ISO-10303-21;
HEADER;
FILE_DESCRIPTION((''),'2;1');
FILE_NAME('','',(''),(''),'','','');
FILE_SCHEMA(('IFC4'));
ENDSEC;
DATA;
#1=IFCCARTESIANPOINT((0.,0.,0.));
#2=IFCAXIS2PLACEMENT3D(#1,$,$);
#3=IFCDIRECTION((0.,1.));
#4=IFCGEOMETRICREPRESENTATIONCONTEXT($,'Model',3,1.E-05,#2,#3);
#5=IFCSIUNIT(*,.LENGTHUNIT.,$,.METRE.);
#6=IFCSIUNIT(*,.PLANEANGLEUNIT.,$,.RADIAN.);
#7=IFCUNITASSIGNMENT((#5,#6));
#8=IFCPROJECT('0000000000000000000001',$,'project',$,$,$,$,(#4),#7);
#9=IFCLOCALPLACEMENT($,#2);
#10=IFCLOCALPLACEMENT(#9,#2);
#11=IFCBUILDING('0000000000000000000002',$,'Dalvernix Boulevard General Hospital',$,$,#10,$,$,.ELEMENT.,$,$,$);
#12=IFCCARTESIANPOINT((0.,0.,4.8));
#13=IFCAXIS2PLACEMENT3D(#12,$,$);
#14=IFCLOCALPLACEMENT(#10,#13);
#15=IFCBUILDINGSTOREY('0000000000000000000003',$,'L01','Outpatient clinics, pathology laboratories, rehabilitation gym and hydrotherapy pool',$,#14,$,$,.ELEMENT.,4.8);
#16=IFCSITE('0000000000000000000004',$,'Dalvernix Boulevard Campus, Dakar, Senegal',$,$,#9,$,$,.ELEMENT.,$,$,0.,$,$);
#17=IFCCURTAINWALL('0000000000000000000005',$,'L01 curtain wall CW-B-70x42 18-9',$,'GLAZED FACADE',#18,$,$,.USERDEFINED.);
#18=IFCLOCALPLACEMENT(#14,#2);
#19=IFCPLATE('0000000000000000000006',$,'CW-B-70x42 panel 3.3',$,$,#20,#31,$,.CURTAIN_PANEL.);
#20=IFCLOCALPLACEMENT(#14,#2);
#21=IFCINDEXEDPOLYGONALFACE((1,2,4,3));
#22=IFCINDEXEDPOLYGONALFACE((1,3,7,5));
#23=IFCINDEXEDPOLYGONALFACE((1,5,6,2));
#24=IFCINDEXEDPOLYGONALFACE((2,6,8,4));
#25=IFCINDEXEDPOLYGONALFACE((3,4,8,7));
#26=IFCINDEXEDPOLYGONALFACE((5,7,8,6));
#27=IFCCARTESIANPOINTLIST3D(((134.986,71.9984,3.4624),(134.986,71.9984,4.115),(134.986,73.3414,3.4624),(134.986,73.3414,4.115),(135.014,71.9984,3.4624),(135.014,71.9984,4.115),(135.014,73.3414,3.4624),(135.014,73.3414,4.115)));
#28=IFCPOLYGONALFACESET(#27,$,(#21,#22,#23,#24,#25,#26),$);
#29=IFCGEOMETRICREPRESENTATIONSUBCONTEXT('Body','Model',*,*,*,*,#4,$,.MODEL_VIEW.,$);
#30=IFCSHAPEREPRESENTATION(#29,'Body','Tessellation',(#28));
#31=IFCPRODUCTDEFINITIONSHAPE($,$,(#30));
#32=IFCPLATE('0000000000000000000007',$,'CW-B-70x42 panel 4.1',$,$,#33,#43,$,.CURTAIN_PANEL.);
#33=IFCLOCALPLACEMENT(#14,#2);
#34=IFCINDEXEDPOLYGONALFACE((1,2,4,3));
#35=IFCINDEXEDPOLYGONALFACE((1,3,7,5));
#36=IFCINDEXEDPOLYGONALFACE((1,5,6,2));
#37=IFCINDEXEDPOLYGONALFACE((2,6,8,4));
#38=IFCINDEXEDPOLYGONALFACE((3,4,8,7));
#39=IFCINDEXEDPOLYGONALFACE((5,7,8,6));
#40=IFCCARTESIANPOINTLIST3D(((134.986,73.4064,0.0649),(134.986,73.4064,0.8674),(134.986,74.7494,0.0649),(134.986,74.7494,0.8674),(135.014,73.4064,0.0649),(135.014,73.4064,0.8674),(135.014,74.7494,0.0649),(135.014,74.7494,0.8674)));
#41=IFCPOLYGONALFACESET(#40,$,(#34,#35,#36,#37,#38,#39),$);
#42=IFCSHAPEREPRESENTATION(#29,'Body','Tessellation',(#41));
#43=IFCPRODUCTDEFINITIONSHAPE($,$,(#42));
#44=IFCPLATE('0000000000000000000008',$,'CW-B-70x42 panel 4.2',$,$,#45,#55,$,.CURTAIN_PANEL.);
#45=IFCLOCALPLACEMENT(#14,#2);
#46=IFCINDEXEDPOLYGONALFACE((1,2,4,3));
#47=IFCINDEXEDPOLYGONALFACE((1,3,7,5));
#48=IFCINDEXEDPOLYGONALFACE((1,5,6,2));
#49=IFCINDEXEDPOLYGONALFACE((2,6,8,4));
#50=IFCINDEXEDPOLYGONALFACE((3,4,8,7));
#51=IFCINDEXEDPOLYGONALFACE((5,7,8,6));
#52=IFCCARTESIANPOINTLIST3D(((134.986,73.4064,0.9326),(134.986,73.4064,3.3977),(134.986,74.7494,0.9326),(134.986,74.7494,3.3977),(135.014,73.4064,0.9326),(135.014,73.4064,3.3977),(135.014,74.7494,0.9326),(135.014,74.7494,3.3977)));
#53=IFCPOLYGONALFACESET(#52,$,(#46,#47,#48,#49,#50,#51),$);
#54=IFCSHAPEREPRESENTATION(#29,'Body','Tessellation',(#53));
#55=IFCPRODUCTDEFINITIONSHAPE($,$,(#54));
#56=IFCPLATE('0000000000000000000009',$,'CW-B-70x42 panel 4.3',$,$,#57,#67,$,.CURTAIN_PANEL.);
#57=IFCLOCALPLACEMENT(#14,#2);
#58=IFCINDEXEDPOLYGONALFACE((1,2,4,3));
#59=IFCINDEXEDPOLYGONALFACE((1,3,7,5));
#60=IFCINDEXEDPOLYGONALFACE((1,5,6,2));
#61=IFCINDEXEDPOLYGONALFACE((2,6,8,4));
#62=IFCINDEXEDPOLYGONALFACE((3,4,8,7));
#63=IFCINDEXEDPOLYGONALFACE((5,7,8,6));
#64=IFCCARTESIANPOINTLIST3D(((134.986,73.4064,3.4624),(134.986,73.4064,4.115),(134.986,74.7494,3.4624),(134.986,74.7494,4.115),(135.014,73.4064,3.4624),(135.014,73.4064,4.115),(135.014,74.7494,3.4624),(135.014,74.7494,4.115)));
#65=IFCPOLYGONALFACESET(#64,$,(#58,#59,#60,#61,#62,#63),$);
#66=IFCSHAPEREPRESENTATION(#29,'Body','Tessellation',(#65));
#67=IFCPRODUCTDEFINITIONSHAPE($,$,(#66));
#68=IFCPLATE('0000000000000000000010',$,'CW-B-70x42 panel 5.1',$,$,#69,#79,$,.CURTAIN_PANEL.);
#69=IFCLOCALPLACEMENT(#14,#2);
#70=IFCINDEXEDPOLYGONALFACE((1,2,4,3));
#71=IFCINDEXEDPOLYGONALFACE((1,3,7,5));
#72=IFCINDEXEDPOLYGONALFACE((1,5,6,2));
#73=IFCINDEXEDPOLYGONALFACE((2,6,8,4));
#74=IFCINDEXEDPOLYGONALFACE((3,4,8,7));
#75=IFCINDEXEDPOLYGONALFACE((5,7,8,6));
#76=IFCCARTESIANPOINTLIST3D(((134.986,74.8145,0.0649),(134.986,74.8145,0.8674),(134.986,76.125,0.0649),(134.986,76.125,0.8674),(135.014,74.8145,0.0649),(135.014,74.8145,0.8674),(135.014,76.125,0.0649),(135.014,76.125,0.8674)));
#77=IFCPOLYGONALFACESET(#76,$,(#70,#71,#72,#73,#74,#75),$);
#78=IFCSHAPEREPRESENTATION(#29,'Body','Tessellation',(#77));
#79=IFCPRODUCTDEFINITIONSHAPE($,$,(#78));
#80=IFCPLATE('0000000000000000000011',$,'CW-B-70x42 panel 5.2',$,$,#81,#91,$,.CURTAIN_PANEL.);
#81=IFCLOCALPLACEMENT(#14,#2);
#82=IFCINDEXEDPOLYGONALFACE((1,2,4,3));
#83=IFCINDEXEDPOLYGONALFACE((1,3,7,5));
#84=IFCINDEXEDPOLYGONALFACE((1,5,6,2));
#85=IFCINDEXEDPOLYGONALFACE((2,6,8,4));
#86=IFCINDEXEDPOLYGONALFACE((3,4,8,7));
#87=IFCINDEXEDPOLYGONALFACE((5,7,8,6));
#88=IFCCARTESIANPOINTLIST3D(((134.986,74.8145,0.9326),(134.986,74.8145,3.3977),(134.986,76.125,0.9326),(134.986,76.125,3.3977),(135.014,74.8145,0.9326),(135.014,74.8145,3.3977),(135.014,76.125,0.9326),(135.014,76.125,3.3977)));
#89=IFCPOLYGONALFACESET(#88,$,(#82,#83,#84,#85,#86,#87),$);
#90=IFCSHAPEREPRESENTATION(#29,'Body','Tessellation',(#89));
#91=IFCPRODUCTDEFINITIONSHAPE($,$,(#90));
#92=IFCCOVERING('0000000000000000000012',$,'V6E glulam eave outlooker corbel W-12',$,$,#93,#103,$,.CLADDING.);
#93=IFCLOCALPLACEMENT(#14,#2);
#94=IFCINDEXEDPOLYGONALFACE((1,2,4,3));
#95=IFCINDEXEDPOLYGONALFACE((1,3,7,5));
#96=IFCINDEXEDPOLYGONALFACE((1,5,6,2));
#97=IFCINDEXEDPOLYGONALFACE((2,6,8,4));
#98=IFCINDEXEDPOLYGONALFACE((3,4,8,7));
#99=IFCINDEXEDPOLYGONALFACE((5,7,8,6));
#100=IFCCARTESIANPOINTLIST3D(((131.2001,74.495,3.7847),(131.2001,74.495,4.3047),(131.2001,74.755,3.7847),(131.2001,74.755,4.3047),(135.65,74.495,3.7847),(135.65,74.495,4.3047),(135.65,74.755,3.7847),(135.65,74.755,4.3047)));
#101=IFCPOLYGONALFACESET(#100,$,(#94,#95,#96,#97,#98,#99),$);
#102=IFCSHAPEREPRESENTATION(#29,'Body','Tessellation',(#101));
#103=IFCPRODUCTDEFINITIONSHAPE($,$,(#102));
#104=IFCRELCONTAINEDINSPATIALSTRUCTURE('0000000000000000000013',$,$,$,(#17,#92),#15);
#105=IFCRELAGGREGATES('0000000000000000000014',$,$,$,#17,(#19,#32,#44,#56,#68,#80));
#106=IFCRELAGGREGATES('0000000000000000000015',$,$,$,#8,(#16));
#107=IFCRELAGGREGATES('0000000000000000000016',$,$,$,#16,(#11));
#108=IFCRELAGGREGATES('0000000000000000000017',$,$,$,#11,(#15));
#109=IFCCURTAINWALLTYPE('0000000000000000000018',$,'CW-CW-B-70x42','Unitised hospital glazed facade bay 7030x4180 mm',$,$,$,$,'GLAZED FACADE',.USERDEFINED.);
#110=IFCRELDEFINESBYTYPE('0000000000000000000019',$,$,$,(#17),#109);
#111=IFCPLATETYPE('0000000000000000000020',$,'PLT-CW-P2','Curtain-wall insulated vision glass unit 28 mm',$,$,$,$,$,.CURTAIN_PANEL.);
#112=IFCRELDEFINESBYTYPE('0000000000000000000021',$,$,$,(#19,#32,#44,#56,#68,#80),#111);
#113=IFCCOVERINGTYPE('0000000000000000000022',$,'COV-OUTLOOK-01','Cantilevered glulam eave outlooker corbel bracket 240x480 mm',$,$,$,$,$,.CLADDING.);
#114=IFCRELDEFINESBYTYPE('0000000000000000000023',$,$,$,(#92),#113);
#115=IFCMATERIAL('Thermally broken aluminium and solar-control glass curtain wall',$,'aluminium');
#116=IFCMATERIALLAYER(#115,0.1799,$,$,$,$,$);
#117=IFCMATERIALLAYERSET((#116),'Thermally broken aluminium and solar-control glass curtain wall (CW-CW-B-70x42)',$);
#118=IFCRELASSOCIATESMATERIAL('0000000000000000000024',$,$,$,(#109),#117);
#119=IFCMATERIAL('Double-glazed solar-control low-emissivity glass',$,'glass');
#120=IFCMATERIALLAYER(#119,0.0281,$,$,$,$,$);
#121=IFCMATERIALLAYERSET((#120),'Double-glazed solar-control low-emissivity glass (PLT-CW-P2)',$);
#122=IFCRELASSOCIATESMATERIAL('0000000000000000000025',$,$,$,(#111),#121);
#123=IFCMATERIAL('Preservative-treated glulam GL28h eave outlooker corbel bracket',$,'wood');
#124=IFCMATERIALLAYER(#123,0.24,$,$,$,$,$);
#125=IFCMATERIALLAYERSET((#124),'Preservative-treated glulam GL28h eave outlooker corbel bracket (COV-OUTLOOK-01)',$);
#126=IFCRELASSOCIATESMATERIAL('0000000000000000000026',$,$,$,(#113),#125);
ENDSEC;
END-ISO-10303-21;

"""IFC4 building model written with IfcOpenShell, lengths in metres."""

from ifc_helpers import new_model, si_unit, direction, frame, origin, origin_2d, place, context, subcontext, project, spatial, rectangle, extrude, material, layer, layer_set, type_object, element, aggregate, save


model = new_model("IFC4")

# Units and contexts
model_context = context("Model", 3, precision=1e-05, world=origin(), true_north=direction((0.0, 1.0)))
body_context = subcontext(model_context, "Body", "Model", "MODEL_VIEW")
ifc_project = project(units=[si_unit("LENGTHUNIT", "METRE"), si_unit("PLANEANGLEUNIT", "RADIAN")], contexts=[model_context])

# Site, building, storey
site_placement = place(None, origin())
site = spatial("IfcSite", under=ifc_project, at=site_placement, Name="Dalvernix Boulevard Campus, Dakar, Senegal", CompositionType="ELEMENT", RefElevation=0.0)
building_placement = place(site_placement, origin())
building = spatial("IfcBuilding", under=site, at=building_placement, Name="Dalvernix Boulevard General Hospital", CompositionType="ELEMENT")
storey_placement = place(building_placement, frame((0.0, 0.0, 4.8)))
storey = spatial("IfcBuildingStorey", under=building, at=storey_placement, Name="L01", Description="Outpatient clinics, pathology laboratories, rehabilitation gym and hydrotherapy pool", CompositionType="ELEMENT", Elevation=4.8)

# Curtain wall, plates
ifc_material_1 = material(Name="Thermally broken aluminium and solar-control glass curtain wall", Category="aluminium")
ifc_layer_1 = layer(ifc_material_1, 0.1799)
ifc_layer_set_1 = layer_set([ifc_layer_1], Name="Thermally broken aluminium and solar-control glass curtain wall (CW-CW-B-70x42)")
curtain_wall_type = type_object("IfcCurtainWallType", Name="CW-CW-B-70x42", Description="Unitised hospital glazed facade bay 7030x4180 mm", ElementType="GLAZED FACADE", PredefinedType="USERDEFINED", material=ifc_layer_set_1)
curtain_wall_placement = place(storey_placement, origin())
curtain_wall = element("IfcCurtainWall", 1, at=curtain_wall_placement, inside=storey, type_object=curtain_wall_type, Name="L01 curtain wall CW-B-70x42 18-9", ObjectType="GLAZED FACADE", PredefinedType="USERDEFINED")
ifc_material_2 = material(Name="Double-glazed solar-control low-emissivity glass", Category="glass")
ifc_layer_2 = layer(ifc_material_2, 0.0281)
ifc_layer_set_2 = layer_set([ifc_layer_2], Name="Double-glazed solar-control low-emissivity glass (PLT-CW-P2)")
plate_type = type_object("IfcPlateType", Name="PLT-CW-P2", Description="Curtain-wall insulated vision glass unit 28 mm", PredefinedType="CURTAIN_PANEL", material=ifc_layer_set_2)
plate_1_placement = place(storey_placement, frame((135.0, 72.6699, 3.4624), z_axis=(0.0, 0.0, 1.0), x_axis=(0.0, 1.0, 0.0)))
plate_1 = element("IfcPlate", 2, at=plate_1_placement, type_object=plate_type, Name="CW-B-70x42 panel 3.3", PredefinedType="CURTAIN_PANEL", context=body_context, shape_type="SweptSolid", body=[
    extrude(rectangle(XDim=1.343, YDim=0.0281, at=origin_2d()), origin(), (0.0, 0.0, 1.0), 0.6526),
])
plate_2_placement = place(storey_placement, frame((135.0, 74.0779, 0.0649), z_axis=(0.0, 0.0, 1.0), x_axis=(0.0, 1.0, 0.0)))
plate_2 = element("IfcPlate", 3, at=plate_2_placement, type_object=plate_type, Name="CW-B-70x42 panel 4.1", PredefinedType="CURTAIN_PANEL", context=body_context, shape_type="SweptSolid", body=[
    extrude(rectangle(XDim=1.343, YDim=0.0281, at=origin_2d()), origin(), (0.0, 0.0, 1.0), 0.8025),
])
plate_3_placement = place(storey_placement, frame((135.0, 74.0779, 0.9326), z_axis=(0.0, 0.0, 1.0), x_axis=(0.0, 1.0, 0.0)))
plate_3 = element("IfcPlate", 4, at=plate_3_placement, type_object=plate_type, Name="CW-B-70x42 panel 4.2", PredefinedType="CURTAIN_PANEL", context=body_context, shape_type="SweptSolid", body=[
    extrude(rectangle(XDim=1.343, YDim=0.0281, at=origin_2d()), origin(), (0.0, 0.0, 1.0), 2.4651),
])
plate_4_placement = place(storey_placement, frame((135.0, 74.0779, 3.4624), z_axis=(0.0, 0.0, 1.0), x_axis=(0.0, 1.0, 0.0)))
plate_4 = element("IfcPlate", 5, at=plate_4_placement, type_object=plate_type, Name="CW-B-70x42 panel 4.3", PredefinedType="CURTAIN_PANEL", context=body_context, shape_type="SweptSolid", body=[
    extrude(rectangle(XDim=1.343, YDim=0.0281, at=origin_2d()), origin(), (0.0, 0.0, 1.0), 0.6526),
])
plate_5_placement = place(storey_placement, frame((135.0, 75.4697, 0.0649), z_axis=(0.0, 0.0, 1.0), x_axis=(0.0, 1.0, 0.0)))
plate_5 = element("IfcPlate", 6, at=plate_5_placement, type_object=plate_type, Name="CW-B-70x42 panel 5.1", PredefinedType="CURTAIN_PANEL", context=body_context, shape_type="SweptSolid", body=[
    extrude(rectangle(XDim=1.3105, YDim=0.0281, at=origin_2d()), origin(), (0.0, 0.0, 1.0), 0.8025),
])
plate_6_placement = place(storey_placement, frame((135.0, 75.4697, 0.9326), z_axis=(0.0, 0.0, 1.0), x_axis=(0.0, 1.0, 0.0)))
plate_6 = element("IfcPlate", 7, at=plate_6_placement, type_object=plate_type, Name="CW-B-70x42 panel 5.2", PredefinedType="CURTAIN_PANEL", context=body_context, shape_type="SweptSolid", body=[
    extrude(rectangle(XDim=1.3105, YDim=0.0281, at=origin_2d()), origin(), (0.0, 0.0, 1.0), 2.4651),
])
aggregate(curtain_wall, [plate_1, plate_2, plate_3, plate_4, plate_5, plate_6])

# Covering
ifc_material_3 = material(Name="Preservative-treated glulam GL28h eave outlooker corbel bracket", Category="wood")
ifc_layer_3 = layer(ifc_material_3, 0.24)
ifc_layer_set_3 = layer_set([ifc_layer_3], Name="Preservative-treated glulam GL28h eave outlooker corbel bracket (COV-OUTLOOK-01)")
covering_type = type_object("IfcCoveringType", Name="COV-OUTLOOK-01", Description="Cantilevered glulam eave outlooker corbel bracket 240x480 mm", PredefinedType="CLADDING", material=ifc_layer_set_3)
covering_placement = place(storey_placement, frame((133.425, 74.625, 3.7847), z_axis=(0.0, 0.0, 1.0), x_axis=(1.0, 0.0, 0.0)))
element("IfcCovering", 8, at=covering_placement, inside=storey, type_object=covering_type, Name="V6E glulam eave outlooker corbel W-12", PredefinedType="CLADDING", context=body_context, shape_type="SweptSolid", body=[
    extrude(rectangle(XDim=4.45, YDim=0.26, at=origin_2d()), origin(), (0.0, 0.0, 1.0), 0.52),
])

save(model, "model.ifc")
